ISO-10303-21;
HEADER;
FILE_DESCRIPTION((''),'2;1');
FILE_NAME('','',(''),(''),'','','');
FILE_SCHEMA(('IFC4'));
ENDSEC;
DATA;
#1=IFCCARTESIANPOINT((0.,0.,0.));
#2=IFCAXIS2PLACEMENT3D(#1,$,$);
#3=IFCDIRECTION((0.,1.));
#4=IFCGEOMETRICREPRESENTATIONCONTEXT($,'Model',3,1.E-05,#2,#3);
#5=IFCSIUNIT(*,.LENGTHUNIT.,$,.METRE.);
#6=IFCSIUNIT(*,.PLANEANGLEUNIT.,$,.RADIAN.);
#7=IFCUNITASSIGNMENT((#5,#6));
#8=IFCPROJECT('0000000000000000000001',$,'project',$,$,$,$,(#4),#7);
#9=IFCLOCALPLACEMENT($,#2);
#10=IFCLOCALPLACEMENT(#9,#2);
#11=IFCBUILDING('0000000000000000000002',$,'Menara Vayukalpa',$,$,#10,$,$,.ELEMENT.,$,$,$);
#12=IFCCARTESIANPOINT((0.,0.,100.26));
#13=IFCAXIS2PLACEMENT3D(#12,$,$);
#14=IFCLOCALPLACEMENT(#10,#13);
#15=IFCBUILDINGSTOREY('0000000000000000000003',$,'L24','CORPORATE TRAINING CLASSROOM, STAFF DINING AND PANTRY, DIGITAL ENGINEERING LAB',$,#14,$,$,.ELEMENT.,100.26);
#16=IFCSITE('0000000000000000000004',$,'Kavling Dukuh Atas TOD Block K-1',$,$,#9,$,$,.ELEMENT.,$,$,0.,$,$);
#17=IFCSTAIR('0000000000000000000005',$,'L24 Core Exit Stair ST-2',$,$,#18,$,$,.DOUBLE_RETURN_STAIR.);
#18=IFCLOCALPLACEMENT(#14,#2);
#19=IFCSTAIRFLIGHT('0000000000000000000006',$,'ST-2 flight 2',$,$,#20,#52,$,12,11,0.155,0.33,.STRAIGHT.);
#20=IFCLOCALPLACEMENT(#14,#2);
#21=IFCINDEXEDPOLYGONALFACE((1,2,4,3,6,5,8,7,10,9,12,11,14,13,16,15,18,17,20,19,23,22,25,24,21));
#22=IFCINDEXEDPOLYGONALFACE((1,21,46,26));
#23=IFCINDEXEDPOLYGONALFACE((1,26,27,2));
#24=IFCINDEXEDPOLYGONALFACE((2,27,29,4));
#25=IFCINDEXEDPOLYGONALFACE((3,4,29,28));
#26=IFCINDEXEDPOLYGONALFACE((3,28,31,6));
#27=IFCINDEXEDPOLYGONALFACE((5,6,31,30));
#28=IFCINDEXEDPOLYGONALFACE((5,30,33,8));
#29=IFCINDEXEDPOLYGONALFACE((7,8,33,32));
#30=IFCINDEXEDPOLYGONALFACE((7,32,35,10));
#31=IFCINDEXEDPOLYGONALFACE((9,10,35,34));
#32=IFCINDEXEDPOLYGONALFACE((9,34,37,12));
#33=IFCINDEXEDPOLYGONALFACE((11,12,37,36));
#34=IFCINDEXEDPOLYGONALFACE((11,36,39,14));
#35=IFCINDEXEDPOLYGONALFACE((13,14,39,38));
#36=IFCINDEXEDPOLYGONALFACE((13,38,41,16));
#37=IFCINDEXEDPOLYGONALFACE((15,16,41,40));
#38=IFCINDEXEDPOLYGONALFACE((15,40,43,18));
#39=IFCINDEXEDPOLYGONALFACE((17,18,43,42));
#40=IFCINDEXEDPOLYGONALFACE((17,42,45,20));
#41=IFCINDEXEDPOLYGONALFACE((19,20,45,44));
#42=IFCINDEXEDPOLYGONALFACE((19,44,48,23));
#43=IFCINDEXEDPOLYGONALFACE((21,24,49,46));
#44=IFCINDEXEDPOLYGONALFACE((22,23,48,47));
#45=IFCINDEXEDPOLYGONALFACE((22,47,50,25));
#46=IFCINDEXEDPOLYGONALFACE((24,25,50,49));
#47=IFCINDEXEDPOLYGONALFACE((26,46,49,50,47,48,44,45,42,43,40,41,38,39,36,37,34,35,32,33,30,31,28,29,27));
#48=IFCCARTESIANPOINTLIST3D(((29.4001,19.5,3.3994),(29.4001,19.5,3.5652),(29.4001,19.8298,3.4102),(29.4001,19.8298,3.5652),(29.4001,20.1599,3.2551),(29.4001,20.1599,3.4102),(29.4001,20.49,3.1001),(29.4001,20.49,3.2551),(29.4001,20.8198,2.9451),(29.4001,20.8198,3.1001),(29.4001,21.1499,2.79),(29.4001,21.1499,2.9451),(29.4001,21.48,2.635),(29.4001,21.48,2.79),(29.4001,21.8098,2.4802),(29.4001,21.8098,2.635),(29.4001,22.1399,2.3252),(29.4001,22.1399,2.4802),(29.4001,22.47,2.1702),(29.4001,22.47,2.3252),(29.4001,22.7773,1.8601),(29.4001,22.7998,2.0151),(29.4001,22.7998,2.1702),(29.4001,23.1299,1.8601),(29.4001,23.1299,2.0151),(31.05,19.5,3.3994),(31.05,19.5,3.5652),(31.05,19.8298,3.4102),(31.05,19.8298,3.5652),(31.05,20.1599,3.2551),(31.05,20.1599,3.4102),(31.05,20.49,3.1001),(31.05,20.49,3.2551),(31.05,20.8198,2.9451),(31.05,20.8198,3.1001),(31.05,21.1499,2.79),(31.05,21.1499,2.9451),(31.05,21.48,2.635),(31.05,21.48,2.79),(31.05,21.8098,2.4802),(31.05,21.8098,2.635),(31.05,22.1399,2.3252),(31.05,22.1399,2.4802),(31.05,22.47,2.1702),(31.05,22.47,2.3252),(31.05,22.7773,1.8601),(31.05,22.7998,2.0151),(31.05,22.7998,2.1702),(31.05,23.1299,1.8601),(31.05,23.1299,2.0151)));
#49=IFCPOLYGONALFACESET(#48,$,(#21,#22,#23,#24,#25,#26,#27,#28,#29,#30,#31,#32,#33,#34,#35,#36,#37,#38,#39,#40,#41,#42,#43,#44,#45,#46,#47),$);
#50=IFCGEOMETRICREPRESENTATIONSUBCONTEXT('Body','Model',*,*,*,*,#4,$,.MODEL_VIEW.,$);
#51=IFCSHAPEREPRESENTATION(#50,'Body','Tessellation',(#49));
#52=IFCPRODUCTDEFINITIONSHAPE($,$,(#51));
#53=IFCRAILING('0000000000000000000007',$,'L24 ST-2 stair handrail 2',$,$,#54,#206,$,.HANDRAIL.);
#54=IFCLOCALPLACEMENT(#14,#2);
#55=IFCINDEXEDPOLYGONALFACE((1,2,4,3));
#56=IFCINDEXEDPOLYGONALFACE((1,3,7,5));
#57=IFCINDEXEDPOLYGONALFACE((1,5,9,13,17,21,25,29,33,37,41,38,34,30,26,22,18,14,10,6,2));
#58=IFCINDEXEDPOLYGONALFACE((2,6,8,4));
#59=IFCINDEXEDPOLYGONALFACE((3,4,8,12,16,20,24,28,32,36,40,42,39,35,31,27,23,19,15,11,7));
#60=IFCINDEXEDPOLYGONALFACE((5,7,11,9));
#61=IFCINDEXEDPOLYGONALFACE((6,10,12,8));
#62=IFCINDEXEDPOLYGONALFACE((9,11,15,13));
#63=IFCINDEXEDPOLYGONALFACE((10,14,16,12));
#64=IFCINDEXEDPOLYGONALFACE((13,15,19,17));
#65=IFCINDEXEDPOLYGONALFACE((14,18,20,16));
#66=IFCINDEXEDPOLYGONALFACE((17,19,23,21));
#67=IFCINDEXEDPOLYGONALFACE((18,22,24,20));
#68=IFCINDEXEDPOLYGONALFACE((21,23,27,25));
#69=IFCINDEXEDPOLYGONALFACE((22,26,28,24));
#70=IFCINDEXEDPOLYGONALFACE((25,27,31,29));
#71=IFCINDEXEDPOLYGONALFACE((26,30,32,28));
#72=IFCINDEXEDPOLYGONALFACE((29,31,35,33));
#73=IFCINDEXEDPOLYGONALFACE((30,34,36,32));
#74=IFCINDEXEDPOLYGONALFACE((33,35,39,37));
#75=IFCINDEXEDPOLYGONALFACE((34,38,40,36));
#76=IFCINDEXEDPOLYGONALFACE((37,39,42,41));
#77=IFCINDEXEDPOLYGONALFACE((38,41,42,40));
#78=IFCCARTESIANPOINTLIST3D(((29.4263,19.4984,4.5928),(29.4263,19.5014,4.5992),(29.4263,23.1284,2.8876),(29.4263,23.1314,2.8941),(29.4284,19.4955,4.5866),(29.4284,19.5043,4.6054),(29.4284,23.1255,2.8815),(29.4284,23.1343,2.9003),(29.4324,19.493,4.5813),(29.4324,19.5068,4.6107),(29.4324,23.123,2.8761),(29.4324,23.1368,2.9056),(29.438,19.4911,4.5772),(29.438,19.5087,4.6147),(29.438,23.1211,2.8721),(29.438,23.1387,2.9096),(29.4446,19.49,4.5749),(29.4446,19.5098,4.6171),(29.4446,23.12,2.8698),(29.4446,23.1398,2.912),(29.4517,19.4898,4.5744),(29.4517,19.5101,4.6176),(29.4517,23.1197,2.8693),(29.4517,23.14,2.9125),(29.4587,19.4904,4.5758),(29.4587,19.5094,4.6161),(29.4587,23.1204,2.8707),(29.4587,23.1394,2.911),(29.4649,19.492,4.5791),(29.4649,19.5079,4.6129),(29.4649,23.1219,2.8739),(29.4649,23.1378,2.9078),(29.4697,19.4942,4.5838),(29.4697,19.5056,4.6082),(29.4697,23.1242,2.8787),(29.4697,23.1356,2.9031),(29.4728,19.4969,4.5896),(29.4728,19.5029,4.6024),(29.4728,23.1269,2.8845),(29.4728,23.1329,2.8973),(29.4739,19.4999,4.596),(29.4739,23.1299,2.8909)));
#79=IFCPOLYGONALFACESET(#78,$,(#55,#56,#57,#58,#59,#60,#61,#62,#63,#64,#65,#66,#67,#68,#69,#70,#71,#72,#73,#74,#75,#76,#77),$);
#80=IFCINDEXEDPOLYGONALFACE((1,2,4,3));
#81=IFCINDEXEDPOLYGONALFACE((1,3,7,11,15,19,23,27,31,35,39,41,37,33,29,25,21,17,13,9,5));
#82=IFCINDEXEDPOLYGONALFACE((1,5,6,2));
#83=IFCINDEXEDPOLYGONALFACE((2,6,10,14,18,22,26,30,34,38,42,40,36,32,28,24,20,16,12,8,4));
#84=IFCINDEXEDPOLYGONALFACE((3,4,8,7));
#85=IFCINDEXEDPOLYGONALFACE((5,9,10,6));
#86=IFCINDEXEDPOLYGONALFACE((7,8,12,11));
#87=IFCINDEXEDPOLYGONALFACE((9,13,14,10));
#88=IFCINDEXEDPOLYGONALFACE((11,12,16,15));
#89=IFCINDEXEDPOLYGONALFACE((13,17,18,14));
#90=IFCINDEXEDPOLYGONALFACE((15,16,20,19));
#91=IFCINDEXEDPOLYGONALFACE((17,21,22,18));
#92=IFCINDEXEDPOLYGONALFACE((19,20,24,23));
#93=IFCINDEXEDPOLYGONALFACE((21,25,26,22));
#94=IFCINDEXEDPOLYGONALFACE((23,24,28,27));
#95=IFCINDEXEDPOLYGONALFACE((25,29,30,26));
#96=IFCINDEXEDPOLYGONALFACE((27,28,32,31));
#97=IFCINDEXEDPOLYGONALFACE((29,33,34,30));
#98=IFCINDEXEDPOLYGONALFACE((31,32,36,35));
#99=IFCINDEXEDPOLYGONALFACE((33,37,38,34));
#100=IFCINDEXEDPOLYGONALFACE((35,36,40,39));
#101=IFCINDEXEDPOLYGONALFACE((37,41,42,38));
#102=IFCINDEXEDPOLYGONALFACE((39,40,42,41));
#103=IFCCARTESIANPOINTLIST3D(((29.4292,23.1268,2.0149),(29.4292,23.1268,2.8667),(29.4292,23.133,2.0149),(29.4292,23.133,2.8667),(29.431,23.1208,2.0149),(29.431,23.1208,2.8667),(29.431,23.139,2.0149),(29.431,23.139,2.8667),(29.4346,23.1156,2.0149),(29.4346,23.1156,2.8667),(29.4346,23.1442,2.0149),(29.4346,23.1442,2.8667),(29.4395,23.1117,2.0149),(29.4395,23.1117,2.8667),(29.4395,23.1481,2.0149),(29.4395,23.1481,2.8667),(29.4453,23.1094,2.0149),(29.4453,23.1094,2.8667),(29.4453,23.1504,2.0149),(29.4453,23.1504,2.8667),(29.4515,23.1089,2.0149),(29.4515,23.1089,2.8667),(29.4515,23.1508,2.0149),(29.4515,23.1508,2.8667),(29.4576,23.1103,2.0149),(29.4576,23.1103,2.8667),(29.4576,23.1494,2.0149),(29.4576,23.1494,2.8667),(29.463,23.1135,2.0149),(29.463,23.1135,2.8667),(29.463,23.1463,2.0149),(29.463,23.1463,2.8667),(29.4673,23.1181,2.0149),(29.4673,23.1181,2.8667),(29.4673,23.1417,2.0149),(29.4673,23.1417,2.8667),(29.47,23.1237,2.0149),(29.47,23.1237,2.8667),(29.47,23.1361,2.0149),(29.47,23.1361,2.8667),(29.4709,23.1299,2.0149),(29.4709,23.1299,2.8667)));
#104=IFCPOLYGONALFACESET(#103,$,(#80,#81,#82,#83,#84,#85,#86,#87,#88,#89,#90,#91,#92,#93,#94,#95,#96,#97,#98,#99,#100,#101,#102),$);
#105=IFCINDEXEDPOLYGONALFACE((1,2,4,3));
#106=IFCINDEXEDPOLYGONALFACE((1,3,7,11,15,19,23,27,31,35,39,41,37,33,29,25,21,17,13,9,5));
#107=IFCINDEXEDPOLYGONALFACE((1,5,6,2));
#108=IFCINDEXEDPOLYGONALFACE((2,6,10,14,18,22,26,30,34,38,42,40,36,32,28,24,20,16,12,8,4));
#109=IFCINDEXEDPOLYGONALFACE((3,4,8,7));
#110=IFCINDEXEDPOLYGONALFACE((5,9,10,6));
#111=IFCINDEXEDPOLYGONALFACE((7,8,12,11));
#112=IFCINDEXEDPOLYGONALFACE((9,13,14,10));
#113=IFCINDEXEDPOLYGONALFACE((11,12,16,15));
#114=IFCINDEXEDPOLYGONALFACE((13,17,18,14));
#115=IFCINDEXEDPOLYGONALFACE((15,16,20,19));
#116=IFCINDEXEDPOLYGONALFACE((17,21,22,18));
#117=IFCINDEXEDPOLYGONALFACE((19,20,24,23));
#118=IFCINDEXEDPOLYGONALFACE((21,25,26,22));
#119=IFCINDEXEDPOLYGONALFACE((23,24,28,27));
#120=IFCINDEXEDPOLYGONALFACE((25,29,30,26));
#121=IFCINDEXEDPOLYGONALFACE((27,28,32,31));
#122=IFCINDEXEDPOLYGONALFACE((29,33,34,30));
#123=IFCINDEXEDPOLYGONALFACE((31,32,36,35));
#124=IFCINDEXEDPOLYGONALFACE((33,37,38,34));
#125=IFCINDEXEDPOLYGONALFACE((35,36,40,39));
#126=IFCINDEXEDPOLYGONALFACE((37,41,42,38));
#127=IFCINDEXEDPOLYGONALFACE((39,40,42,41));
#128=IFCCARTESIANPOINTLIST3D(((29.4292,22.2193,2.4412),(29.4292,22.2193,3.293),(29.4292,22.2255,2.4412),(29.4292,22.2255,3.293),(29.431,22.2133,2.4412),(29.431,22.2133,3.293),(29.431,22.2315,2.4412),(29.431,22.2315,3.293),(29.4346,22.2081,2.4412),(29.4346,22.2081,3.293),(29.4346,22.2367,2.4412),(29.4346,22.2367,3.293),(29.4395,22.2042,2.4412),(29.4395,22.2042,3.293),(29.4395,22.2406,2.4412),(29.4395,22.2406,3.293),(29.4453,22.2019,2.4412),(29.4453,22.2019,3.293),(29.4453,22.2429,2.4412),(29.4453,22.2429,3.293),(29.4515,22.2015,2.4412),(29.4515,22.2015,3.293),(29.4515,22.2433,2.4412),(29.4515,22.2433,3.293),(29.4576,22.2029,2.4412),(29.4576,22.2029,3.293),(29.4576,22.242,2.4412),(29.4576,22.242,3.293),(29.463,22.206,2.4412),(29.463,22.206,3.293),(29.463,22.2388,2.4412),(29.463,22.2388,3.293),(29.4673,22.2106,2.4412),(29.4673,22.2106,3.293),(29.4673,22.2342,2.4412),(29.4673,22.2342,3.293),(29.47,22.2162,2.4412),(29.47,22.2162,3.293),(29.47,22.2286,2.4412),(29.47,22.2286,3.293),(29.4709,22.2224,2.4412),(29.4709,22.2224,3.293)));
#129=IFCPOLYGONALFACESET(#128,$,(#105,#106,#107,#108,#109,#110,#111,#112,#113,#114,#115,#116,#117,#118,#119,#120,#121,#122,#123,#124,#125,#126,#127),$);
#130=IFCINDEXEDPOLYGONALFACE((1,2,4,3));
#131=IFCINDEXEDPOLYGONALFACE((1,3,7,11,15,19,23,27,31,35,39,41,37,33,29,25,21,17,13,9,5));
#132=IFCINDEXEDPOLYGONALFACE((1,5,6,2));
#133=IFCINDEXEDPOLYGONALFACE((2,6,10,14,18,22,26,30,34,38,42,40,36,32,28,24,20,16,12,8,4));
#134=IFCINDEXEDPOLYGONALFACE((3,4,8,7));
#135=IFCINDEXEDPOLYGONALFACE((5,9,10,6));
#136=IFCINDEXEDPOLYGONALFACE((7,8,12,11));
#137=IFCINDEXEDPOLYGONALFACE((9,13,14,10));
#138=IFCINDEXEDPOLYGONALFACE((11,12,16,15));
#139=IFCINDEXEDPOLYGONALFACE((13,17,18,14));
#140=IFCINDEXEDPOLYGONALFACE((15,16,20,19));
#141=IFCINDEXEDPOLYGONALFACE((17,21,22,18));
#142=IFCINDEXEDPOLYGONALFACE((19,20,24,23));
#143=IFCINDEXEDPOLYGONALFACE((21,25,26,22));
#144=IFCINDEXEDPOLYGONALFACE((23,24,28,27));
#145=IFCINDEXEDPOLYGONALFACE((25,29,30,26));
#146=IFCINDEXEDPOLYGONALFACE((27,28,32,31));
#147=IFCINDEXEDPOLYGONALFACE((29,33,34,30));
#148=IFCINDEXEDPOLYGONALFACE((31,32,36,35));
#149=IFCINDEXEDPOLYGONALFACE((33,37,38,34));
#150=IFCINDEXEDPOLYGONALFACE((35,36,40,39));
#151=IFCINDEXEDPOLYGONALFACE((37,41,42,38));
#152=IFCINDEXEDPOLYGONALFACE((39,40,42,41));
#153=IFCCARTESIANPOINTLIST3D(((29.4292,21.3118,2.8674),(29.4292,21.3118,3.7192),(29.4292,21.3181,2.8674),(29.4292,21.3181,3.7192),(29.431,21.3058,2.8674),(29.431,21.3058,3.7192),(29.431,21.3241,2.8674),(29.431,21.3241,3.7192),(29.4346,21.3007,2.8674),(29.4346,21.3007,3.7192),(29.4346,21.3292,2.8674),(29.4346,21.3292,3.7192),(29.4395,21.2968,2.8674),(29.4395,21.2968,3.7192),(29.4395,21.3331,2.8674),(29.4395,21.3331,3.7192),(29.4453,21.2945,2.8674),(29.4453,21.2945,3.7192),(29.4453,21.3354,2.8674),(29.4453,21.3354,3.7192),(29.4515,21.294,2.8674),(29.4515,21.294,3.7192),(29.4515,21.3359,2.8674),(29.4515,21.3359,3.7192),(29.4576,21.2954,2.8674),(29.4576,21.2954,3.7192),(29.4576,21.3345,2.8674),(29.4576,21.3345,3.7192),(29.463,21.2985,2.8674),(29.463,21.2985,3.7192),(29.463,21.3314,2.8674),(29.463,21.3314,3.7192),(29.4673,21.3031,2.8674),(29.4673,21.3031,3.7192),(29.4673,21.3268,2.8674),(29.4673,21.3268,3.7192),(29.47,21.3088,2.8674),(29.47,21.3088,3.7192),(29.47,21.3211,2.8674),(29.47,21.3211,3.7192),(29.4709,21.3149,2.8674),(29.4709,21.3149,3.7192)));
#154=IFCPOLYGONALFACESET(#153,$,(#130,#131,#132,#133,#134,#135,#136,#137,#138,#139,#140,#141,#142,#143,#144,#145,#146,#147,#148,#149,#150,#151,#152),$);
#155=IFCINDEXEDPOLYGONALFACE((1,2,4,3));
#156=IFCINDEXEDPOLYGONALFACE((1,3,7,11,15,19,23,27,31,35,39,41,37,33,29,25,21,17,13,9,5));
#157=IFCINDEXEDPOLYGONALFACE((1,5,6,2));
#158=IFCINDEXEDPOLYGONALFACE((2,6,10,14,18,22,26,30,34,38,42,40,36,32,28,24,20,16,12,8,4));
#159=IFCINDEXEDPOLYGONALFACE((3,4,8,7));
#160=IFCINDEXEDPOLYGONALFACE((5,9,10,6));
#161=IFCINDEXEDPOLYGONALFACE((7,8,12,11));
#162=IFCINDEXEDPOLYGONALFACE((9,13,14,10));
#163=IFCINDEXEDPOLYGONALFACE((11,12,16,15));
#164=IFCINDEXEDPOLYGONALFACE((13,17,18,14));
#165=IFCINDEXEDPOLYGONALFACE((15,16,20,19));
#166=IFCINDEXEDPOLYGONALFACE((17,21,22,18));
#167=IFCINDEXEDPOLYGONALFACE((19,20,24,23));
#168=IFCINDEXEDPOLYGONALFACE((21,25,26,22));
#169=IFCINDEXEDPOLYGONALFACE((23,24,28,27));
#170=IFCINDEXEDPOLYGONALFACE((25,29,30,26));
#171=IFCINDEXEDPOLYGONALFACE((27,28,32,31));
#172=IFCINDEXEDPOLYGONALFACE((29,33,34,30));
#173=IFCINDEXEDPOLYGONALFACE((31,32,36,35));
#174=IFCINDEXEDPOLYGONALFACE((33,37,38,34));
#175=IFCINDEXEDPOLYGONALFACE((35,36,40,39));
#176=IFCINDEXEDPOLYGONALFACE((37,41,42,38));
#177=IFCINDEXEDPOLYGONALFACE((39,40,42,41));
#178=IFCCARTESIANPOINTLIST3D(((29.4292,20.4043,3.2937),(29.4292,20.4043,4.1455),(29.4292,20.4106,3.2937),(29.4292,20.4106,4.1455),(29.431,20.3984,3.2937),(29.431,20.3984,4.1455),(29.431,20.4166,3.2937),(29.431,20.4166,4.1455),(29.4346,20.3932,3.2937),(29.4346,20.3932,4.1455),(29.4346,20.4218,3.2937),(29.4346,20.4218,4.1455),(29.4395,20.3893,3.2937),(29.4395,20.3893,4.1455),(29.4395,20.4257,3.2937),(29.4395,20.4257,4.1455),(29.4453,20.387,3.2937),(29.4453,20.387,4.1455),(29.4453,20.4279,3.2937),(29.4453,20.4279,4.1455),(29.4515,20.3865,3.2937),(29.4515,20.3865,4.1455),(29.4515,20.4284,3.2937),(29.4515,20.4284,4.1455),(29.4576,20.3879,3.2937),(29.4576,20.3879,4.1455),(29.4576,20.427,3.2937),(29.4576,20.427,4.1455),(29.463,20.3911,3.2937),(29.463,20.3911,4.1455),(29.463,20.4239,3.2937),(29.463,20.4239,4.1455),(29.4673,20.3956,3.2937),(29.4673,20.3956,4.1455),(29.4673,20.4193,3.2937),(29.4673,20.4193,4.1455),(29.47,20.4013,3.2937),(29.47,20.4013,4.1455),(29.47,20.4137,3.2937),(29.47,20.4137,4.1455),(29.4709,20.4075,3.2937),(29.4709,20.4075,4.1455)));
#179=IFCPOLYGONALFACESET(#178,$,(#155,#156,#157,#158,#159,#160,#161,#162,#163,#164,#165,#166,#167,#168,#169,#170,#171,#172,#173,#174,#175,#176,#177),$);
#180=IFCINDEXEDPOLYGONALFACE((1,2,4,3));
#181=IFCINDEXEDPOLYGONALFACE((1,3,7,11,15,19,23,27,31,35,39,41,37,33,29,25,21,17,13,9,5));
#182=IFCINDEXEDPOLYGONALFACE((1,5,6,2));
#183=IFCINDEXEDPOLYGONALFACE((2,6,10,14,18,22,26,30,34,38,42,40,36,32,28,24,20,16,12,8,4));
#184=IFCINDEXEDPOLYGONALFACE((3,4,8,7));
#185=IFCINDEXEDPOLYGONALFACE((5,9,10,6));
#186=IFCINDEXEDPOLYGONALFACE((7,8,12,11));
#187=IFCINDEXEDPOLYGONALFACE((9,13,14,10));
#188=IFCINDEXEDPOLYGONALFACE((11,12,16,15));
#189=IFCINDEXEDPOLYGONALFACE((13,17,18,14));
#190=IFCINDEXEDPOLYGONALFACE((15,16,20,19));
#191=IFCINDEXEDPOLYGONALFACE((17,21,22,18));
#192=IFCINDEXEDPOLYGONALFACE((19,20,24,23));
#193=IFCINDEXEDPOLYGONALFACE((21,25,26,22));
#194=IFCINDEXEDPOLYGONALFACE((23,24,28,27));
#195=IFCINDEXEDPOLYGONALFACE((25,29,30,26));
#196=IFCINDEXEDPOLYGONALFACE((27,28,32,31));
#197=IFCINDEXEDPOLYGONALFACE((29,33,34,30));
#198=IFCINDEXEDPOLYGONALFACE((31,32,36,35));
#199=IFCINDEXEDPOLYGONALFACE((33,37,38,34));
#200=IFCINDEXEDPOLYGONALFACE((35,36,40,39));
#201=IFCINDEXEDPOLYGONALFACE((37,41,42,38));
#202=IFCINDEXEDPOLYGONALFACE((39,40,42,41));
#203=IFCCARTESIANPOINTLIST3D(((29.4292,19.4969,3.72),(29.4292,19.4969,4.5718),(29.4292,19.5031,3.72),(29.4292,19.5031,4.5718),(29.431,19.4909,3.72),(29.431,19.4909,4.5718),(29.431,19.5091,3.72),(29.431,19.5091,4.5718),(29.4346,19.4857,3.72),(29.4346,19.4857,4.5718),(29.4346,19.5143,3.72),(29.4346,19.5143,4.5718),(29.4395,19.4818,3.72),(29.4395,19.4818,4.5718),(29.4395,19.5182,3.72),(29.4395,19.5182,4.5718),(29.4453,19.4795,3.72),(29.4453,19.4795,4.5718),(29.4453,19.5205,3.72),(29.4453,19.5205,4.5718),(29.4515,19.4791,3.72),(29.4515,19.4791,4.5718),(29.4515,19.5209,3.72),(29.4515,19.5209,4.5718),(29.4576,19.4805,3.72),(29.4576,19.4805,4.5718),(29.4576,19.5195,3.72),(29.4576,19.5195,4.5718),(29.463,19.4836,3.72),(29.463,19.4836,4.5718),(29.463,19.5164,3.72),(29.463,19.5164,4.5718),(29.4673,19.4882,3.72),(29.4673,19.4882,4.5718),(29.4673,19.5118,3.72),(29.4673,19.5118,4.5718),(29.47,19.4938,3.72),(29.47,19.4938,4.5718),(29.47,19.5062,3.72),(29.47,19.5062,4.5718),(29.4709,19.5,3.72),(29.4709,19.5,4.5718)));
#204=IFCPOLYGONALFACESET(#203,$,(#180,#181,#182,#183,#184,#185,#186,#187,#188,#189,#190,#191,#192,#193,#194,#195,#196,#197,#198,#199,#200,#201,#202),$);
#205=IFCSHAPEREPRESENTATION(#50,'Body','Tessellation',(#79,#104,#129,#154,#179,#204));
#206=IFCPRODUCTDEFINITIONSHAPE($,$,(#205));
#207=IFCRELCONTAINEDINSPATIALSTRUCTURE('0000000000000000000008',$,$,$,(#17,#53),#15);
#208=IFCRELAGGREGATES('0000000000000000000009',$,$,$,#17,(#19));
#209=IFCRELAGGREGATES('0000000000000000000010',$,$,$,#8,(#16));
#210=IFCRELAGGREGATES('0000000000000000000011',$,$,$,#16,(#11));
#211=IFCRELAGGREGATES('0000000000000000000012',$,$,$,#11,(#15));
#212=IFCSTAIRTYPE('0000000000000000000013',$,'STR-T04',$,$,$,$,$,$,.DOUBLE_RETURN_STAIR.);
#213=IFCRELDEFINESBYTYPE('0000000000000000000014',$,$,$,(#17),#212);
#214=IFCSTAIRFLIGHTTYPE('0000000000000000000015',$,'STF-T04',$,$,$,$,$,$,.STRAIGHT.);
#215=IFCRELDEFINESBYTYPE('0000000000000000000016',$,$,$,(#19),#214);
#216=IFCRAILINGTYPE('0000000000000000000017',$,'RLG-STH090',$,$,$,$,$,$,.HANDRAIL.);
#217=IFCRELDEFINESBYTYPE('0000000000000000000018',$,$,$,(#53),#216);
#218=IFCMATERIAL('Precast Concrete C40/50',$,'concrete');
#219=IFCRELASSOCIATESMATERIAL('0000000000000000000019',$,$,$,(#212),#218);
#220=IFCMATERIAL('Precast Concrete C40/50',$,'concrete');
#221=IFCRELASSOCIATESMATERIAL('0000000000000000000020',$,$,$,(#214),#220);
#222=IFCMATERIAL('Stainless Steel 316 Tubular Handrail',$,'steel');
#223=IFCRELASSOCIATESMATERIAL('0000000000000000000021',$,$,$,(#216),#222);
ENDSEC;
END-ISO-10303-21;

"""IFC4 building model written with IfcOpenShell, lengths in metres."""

from ifc_helpers import new_model, si_unit, direction, frame, origin, origin_2d, place, context, subcontext, project, spatial, polyline, circle, outline, extrude, material, type_object, element, aggregate, save


model = new_model("IFC4")

# Units and contexts
model_context = context("Model", 3, precision=1e-05, world=origin(), true_north=direction((0.0, 1.0)))
body_context = subcontext(model_context, "Body", "Model", "MODEL_VIEW")
ifc_project = project(units=[si_unit("LENGTHUNIT", "METRE"), si_unit("PLANEANGLEUNIT", "RADIAN")], contexts=[model_context])

# Site, building, storey
site_placement = place(None, origin())
site = spatial("IfcSite", under=ifc_project, at=site_placement, Name="Kavling Dukuh Atas TOD Block K-1", CompositionType="ELEMENT", RefElevation=0.0)
building_placement = place(site_placement, origin())
building = spatial("IfcBuilding", under=site, at=building_placement, Name="Menara Vayukalpa", CompositionType="ELEMENT")
storey_placement = place(building_placement, frame((0.0, 0.0, 100.26)))
storey = spatial("IfcBuildingStorey", under=building, at=storey_placement, Name="L24", Description="CORPORATE TRAINING CLASSROOM, STAFF DINING AND PANTRY, DIGITAL ENGINEERING LAB", CompositionType="ELEMENT", Elevation=100.26)

# Stair, stair flight
ifc_material_1 = material(Name="Precast Concrete C40/50", Category="concrete")
stair_type = type_object("IfcStairType", Name="STR-T04", PredefinedType="DOUBLE_RETURN_STAIR", material=ifc_material_1)
stair_placement = place(storey_placement, origin())
stair = element("IfcStair", 1, at=stair_placement, inside=storey, type_object=stair_type, Name="L24 Core Exit Stair ST-2", PredefinedType="DOUBLE_RETURN_STAIR")
ifc_material_2 = material(Name="Precast Concrete C40/50", Category="concrete")
stair_flight_type = type_object("IfcStairFlightType", Name="STF-T04", PredefinedType="STRAIGHT", material=ifc_material_2)
stair_flight_placement = place(storey_placement, frame((30.2251, 23.1299, 1.8601), z_axis=(0.0, 0.0, 1.0), x_axis=(0.0, -1.0, 0.0)))
stair_flight = element("IfcStairFlight", 2, at=stair_flight_placement, type_object=stair_flight_type, Name="ST-2 flight 2", NumberOfRisers=12, NumberOfTreads=11, PredefinedType="STRAIGHT", RiserHeight=0.155, TreadLength=0.33, context=body_context, shape_type="SweptSolid", body=[
    extrude(outline(polyline([(0.0, 0.0), (0.0, 0.155), (0.3301, 0.155), (0.3301, 0.3101), (0.6599, 0.3101), (0.6599, 0.4651), (0.99, 0.4651), (0.99, 0.6201), (1.3201, 0.6201), (1.3201, 0.7749), (1.6499, 0.7749), (1.6499, 0.9299), (1.98, 0.9299), (1.98, 1.085), (2.3101, 1.085), (2.3101, 1.24), (2.6399, 1.24), (2.6399, 1.395), (2.97, 1.395), (2.97, 1.55), (3.3, 1.55), (3.3, 1.7051), (3.6299, 1.7051), (3.6299, 1.8601), (3.6299, 1.5393), (0.3525, 0.0), (0.0, 0.0)])), frame((0.0, 0.825, 0.0), z_axis=(0.0, -1.0, 0.0), x_axis=(1.0, 0.0, 0.0)), (0.0, 0.0, 1.0), 1.6499),
])
aggregate(stair, [stair_flight])

# Railing
ifc_material_3 = material(Name="Stainless Steel 316 Tubular Handrail", Category="steel")
railing_type = type_object("IfcRailingType", Name="RLG-STH090", PredefinedType="HANDRAIL", material=ifc_material_3)
railing_placement = place(storey_placement, frame((29.45, 23.1299, 2.0149)))
element("IfcRailing", 3, at=railing_placement, inside=storey, type_object=railing_type, Name="L24 ST-2 stair handrail 2", PredefinedType="HANDRAIL", context=body_context, shape_type="SweptSolid", body=[
    extrude(circle(Radius=0.0239, at=origin_2d()), frame((0.0, 0.0, 0.876), z_axis=(0.0, -0.905116, 0.425164), x_axis=(1.0, 0.0, 0.0)), (0.0, 0.0, 1.0), 4.0105),
    extrude(circle(Radius=0.021, at=origin_2d()), origin(), (0.0, 0.0, 1.0), 0.8518),
    extrude(circle(Radius=0.021, at=origin_2d()), frame((0.0, -0.9075, 0.4263)), (0.0, 0.0, 1.0), 0.8518),
    extrude(circle(Radius=0.021, at=origin_2d()), frame((0.0, -1.8149, 0.8525)), (0.0, 0.0, 1.0), 0.8518),
    extrude(circle(Radius=0.021, at=origin_2d()), frame((0.0, -2.7224, 1.2788)), (0.0, 0.0, 1.0), 0.8518),
    extrude(circle(Radius=0.021, at=origin_2d()), frame((0.0, -3.6299, 1.7051)), (0.0, 0.0, 1.0), 0.8518),
])

save(model, "model.ifc")
